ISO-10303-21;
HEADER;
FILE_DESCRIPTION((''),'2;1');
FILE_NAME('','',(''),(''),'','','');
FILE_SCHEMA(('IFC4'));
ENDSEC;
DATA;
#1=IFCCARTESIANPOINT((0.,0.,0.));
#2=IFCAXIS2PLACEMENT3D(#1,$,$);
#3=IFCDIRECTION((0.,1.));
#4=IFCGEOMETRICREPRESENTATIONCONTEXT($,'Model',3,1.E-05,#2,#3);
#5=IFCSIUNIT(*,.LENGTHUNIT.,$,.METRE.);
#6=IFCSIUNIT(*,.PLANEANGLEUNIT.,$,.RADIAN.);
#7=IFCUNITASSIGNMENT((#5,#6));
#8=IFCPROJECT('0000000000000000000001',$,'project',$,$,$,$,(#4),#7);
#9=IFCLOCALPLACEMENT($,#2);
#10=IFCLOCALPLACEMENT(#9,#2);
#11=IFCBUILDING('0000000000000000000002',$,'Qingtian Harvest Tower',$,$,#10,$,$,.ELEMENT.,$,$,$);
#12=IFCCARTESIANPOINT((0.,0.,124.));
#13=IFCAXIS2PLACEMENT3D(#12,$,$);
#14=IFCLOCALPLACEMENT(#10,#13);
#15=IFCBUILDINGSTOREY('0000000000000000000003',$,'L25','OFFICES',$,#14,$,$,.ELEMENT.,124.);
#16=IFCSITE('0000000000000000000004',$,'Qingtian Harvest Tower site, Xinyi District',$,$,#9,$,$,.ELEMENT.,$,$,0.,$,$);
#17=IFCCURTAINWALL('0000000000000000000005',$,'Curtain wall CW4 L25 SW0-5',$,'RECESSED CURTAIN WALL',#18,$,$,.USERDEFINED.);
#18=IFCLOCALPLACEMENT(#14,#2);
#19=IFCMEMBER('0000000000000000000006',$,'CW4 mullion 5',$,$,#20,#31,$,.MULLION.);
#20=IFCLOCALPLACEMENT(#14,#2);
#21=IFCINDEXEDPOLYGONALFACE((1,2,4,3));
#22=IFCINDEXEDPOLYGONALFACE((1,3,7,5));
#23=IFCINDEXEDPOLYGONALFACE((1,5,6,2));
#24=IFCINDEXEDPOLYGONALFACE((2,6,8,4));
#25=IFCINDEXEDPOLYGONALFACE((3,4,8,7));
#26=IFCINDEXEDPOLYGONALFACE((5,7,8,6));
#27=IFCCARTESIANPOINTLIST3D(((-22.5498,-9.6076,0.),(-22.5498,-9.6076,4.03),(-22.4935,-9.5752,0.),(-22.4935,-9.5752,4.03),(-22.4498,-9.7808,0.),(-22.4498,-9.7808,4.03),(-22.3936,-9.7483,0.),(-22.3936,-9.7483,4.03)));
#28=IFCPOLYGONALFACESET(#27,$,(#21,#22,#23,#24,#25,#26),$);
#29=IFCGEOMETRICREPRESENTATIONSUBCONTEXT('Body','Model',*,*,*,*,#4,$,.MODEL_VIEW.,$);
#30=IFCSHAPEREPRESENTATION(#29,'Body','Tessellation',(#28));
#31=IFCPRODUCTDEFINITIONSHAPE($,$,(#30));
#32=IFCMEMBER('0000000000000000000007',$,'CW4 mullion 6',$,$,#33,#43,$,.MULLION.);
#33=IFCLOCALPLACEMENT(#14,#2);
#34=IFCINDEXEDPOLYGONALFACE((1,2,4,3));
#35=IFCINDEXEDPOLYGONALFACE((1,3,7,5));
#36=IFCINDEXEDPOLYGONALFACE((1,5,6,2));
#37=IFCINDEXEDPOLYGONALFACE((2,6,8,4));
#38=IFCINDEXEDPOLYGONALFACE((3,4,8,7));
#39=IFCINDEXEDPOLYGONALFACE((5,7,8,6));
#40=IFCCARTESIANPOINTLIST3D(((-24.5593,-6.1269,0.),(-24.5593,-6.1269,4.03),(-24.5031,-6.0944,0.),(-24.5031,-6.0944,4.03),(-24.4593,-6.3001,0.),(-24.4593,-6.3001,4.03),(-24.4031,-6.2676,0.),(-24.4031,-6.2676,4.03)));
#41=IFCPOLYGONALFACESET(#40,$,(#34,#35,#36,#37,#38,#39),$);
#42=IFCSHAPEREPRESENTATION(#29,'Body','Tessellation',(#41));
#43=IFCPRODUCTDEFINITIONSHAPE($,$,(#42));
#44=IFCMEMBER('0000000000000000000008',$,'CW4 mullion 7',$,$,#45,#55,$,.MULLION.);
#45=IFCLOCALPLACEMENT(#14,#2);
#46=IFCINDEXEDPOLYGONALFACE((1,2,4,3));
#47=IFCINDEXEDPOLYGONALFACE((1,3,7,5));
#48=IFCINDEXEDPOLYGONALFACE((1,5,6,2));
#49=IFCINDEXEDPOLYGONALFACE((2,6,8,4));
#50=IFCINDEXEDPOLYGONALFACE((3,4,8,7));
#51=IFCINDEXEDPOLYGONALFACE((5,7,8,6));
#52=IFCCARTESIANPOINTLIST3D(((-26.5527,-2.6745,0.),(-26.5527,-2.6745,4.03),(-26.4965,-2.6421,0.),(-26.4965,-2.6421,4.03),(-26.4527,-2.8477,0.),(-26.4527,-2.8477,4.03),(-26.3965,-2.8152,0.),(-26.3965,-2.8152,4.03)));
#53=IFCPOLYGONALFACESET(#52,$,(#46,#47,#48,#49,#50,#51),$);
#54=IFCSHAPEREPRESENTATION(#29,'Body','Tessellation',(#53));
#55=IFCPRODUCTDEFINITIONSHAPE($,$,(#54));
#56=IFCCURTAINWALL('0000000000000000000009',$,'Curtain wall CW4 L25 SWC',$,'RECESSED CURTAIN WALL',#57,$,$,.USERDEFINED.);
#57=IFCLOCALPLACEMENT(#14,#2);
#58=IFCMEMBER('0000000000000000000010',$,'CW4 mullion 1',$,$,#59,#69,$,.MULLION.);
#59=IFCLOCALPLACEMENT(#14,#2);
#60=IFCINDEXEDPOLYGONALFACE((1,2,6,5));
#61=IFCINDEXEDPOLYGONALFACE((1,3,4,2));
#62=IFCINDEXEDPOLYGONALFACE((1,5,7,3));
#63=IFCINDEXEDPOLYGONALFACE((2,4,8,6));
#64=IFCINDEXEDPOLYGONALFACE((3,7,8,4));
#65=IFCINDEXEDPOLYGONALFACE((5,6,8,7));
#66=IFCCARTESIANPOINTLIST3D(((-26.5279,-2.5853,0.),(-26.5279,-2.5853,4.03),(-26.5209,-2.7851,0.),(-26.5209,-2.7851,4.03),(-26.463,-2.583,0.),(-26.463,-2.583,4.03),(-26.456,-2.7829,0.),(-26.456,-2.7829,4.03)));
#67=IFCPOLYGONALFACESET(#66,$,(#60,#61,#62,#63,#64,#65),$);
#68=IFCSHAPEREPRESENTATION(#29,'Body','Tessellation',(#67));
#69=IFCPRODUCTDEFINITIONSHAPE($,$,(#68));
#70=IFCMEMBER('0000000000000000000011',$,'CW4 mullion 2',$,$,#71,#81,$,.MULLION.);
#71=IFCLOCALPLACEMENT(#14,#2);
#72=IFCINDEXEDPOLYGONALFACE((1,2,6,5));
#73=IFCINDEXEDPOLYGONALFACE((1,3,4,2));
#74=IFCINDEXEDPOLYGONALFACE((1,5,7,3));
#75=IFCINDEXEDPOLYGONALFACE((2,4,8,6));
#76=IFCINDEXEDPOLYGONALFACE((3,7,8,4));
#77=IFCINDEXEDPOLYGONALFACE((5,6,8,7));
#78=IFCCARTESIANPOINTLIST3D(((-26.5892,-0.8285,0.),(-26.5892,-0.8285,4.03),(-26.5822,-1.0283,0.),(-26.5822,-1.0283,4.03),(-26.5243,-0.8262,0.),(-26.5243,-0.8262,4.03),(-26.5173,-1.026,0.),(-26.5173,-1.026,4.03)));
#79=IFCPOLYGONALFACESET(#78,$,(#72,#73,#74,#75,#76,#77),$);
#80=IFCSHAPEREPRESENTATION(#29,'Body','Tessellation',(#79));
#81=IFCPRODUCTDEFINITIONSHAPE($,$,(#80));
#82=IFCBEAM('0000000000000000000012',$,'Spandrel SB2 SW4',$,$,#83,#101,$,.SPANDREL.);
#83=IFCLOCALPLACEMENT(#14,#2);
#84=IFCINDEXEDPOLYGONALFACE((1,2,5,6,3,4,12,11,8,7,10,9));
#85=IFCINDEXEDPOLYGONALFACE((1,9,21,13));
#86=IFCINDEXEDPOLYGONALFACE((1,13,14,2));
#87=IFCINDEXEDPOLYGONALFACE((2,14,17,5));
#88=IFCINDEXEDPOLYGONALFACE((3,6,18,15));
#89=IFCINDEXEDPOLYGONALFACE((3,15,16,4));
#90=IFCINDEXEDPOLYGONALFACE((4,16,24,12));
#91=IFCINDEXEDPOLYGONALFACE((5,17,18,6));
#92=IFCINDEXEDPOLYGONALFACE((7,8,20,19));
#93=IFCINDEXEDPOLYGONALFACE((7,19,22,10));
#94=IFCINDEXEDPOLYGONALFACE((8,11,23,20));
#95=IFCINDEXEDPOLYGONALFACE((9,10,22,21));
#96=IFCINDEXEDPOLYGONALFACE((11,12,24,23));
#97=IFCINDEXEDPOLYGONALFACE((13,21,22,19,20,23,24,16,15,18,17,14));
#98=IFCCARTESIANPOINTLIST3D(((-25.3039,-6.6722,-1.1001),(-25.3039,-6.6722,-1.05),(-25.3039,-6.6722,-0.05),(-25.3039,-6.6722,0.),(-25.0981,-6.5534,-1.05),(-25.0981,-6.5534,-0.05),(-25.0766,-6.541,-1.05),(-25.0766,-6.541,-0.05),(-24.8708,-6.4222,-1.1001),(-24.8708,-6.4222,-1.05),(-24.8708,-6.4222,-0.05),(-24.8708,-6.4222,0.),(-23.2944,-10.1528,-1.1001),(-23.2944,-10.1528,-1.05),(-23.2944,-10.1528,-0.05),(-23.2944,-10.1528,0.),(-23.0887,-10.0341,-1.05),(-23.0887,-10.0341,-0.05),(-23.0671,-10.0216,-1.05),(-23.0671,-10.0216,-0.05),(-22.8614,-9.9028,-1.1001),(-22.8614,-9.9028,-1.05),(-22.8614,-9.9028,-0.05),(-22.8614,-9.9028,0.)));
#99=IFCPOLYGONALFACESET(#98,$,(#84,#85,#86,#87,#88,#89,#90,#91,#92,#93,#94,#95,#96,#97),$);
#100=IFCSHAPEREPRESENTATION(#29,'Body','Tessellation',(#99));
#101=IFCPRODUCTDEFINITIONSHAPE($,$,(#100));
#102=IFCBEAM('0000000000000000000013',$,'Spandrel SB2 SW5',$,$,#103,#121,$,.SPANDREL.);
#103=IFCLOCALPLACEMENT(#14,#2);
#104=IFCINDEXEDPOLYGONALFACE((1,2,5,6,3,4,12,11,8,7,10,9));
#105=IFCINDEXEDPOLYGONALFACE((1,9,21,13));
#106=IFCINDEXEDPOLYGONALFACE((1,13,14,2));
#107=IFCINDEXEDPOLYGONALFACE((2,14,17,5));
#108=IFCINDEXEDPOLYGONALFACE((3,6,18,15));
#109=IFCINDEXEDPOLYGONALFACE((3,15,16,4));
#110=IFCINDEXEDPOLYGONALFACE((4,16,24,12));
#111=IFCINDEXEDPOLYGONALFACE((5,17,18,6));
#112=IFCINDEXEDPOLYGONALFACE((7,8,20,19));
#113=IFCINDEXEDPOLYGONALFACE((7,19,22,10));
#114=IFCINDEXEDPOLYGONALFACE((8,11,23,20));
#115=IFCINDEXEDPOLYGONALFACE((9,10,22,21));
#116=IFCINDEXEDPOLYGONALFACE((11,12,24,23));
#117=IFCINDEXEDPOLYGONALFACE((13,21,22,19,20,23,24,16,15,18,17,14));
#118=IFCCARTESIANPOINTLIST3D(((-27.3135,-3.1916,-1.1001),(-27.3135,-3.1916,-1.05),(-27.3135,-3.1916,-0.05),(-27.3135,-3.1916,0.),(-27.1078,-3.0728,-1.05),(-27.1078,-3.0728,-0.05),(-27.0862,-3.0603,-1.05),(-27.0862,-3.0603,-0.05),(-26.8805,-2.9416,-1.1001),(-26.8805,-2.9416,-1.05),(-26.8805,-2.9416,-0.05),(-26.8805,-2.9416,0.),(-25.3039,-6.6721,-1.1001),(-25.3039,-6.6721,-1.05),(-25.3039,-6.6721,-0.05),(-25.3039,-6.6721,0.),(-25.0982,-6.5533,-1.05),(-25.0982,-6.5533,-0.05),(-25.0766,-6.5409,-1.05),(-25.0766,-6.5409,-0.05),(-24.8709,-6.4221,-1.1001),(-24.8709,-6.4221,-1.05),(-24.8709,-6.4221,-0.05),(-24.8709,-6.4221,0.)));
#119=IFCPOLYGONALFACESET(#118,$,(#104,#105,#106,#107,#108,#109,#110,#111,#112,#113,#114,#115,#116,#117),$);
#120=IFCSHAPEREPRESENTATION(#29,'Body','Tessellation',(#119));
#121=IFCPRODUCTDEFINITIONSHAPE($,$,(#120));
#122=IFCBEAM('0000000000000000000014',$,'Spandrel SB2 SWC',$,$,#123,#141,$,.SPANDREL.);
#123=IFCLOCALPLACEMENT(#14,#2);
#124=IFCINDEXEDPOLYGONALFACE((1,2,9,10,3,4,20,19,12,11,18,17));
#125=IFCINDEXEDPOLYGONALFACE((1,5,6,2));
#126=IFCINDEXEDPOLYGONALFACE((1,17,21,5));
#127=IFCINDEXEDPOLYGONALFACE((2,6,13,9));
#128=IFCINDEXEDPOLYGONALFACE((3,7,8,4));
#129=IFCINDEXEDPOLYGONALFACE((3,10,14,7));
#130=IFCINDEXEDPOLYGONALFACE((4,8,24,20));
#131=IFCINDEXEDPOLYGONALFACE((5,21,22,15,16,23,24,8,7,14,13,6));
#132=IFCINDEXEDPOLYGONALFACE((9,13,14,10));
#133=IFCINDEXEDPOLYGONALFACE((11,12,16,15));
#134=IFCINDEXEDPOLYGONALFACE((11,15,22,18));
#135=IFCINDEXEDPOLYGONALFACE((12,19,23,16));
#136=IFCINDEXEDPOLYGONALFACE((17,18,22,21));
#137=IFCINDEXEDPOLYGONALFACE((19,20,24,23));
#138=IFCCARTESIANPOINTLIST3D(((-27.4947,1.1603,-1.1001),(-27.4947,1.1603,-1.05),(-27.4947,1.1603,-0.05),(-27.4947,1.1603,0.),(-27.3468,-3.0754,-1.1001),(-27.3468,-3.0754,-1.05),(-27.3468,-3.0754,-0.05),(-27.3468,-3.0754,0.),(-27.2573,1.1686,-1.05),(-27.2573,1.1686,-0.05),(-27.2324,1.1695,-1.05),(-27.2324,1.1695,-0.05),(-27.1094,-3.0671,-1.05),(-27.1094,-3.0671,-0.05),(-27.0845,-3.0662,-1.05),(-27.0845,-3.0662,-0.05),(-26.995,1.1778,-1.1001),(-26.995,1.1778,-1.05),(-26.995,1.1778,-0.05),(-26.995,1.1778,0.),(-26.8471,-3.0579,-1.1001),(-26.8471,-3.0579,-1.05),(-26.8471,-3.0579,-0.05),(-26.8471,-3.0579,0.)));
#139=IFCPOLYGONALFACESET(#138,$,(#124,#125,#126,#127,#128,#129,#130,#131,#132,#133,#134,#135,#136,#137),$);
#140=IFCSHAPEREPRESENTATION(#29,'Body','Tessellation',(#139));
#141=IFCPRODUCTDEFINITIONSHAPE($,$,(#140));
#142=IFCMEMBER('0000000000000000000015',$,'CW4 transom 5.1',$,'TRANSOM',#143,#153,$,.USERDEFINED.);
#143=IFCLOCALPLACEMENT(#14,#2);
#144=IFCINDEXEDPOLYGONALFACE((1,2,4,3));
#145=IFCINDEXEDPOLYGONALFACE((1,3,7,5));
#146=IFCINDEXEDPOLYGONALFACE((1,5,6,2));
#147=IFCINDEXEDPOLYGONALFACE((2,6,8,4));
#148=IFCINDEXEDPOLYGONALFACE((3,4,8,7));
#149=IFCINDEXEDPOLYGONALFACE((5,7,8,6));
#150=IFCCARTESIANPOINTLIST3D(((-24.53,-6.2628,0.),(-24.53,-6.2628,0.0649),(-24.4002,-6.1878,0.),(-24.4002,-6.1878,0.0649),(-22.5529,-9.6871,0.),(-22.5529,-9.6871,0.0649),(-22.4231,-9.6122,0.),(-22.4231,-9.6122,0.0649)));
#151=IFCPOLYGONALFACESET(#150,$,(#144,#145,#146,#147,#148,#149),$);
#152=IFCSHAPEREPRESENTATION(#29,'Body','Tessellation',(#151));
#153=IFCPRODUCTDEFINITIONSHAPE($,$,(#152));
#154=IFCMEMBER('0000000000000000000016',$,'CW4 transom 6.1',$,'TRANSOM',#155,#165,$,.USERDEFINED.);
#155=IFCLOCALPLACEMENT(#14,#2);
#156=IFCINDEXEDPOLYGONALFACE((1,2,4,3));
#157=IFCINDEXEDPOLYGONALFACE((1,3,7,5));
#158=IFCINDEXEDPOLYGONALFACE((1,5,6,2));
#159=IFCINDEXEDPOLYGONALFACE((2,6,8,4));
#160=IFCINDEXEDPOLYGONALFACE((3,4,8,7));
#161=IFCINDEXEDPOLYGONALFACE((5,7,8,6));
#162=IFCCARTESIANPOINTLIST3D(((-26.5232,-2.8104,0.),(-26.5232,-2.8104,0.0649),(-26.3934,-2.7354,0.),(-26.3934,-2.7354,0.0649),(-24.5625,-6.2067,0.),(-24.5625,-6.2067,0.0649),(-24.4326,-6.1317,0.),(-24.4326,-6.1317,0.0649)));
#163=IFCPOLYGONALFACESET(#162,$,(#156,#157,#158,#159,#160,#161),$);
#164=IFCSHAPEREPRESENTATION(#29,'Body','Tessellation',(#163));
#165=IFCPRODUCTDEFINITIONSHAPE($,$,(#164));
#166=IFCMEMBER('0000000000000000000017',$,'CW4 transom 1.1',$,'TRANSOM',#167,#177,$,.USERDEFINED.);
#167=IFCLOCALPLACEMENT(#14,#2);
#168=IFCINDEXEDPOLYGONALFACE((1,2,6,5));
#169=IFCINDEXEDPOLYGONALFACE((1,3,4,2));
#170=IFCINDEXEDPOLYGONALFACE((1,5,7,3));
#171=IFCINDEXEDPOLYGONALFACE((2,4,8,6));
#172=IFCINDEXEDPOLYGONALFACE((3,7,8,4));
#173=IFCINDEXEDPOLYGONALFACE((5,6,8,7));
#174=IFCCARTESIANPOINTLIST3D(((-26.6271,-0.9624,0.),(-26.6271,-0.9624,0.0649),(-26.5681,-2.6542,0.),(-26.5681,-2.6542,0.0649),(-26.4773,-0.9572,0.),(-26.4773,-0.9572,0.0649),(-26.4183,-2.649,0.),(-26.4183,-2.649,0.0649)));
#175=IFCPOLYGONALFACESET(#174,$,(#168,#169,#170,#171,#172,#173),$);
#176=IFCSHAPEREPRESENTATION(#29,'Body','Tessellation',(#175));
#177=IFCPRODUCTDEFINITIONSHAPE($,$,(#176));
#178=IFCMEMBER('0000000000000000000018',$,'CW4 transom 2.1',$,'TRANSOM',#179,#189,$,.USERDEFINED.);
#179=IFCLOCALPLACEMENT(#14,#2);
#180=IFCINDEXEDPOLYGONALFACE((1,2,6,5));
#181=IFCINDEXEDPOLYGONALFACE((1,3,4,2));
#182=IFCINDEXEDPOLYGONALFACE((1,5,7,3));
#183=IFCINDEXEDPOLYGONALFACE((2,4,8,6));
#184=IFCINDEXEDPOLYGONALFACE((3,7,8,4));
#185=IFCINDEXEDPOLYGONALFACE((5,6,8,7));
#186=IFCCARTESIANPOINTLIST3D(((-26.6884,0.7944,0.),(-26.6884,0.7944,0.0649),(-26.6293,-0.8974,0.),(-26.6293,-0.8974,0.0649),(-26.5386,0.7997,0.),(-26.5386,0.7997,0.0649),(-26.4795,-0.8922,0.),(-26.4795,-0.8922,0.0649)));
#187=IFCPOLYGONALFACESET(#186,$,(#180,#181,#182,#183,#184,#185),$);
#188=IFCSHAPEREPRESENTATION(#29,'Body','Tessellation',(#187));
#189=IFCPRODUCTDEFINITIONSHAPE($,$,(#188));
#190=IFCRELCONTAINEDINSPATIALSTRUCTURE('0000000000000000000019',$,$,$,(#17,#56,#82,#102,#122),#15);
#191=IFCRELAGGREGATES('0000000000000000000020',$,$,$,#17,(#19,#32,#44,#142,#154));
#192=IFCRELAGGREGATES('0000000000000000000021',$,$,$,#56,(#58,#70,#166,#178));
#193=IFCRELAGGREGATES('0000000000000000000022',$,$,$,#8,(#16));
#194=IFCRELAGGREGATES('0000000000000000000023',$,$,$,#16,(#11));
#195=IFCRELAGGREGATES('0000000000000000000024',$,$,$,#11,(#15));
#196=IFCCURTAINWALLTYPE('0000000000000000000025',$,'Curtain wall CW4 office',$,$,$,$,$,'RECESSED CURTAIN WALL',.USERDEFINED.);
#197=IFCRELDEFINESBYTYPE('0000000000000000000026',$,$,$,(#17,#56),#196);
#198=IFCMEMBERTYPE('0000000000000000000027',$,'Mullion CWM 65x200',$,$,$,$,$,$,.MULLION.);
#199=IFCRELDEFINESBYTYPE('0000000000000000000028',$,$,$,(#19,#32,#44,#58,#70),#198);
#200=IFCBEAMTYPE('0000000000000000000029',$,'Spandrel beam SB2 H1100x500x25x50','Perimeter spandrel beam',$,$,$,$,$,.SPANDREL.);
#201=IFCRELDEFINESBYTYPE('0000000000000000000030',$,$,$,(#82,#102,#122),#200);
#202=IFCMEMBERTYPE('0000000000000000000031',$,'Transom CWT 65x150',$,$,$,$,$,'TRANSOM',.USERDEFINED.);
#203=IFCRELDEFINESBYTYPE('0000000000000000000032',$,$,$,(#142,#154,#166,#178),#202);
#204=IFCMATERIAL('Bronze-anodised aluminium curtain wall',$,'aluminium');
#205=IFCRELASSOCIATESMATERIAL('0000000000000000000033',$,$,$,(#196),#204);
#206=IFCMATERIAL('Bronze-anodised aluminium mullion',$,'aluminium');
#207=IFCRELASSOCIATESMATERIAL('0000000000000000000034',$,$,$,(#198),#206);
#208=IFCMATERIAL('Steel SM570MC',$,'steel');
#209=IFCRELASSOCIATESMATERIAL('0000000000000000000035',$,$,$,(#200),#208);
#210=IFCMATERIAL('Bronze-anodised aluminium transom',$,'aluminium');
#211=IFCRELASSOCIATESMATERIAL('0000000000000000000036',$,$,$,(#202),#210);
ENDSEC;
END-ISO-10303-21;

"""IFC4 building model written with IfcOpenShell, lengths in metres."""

from ifc_helpers import new_model, si_unit, direction, frame, origin, origin_2d, place, context, subcontext, project, spatial, rectangle, i_section, extrude, material, material_profile, profile_set, type_object, element, aggregate, save


model = new_model("IFC4")

# Units and contexts
model_context = context("Model", 3, precision=1e-05, world=origin(), true_north=direction((0.0, 1.0)))
body_context = subcontext(model_context, "Body", "Model", "MODEL_VIEW")
ifc_project = project(units=[si_unit("LENGTHUNIT", "METRE"), si_unit("PLANEANGLEUNIT", "RADIAN")], contexts=[model_context])

# Site, building, storey
site_placement = place(None, origin())
site = spatial("IfcSite", under=ifc_project, at=site_placement, Name="Qingtian Harvest Tower site, Xinyi District", CompositionType="ELEMENT", RefElevation=0.0)
building_placement = place(site_placement, origin())
building = spatial("IfcBuilding", under=site, at=building_placement, Name="Qingtian Harvest Tower", CompositionType="ELEMENT")
storey_placement = place(building_placement, frame((0.0, 0.0, 124.0)))
storey = spatial("IfcBuildingStorey", under=building, at=storey_placement, Name="L25", Description="OFFICES", CompositionType="ELEMENT", Elevation=124.0)

# Curtain walls, members
ifc_material_1 = material(Name="Bronze-anodised aluminium curtain wall", Category="aluminium")
curtain_wall_type = type_object("IfcCurtainWallType", Name="Curtain wall CW4 office", ElementType="RECESSED CURTAIN WALL", PredefinedType="USERDEFINED", material=ifc_material_1)
curtain_wall_1_placement = place(storey_placement, origin())
curtain_wall_1 = element("IfcCurtainWall", 1, at=curtain_wall_1_placement, inside=storey, type_object=curtain_wall_type, Name="Curtain wall CW4 L25 SW0-5", ObjectType="RECESSED CURTAIN WALL", PredefinedType="USERDEFINED")
ifc_material_2 = material(Name="Bronze-anodised aluminium mullion", Category="aluminium")
ifc_material_profile_1 = material_profile(ifc_material_2, rectangle(XDim=0.0649, YDim=0.2, at=origin_2d()), Name="AL 65x200")
ifc_profile_set_1 = profile_set([ifc_material_profile_1], Name="Bronze-anodised aluminium mullion")
member_type_1 = type_object("IfcMemberType", Name="Mullion CWM 65x200", PredefinedType="MULLION", material=ifc_profile_set_1)
member_1_placement = place(storey_placement, frame((-22.4717, -9.678, 0.0), z_axis=(0.0, 0.0, 1.0), x_axis=(-0.866025, -0.5, 0.0)))
member_1 = element("IfcMember", 2, at=member_1_placement, type_object=member_type_1, Name="CW4 mullion 5", PredefinedType="MULLION", context=body_context, shape_type="SweptSolid", body=[
    extrude(rectangle(XDim=0.0649, YDim=0.2, at=origin_2d()), origin(), (0.0, 0.0, 1.0), 4.03),
])
member_2_placement = place(storey_placement, frame((-24.4812, -6.1973, 0.0), z_axis=(0.0, 0.0, 1.0), x_axis=(-0.866025, -0.5, 0.0)))
member_2 = element("IfcMember", 3, at=member_2_placement, type_object=member_type_1, Name="CW4 mullion 6", PredefinedType="MULLION", context=body_context, shape_type="SweptSolid", body=[
    extrude(rectangle(XDim=0.0649, YDim=0.2, at=origin_2d()), origin(), (0.0, 0.0, 1.0), 4.03),
])
member_3_placement = place(storey_placement, frame((-26.4746, -2.7449, 0.0), z_axis=(0.0, 0.0, 1.0), x_axis=(-0.866025, -0.5, 0.0)))
member_3 = element("IfcMember", 4, at=member_3_placement, type_object=member_type_1, Name="CW4 mullion 7", PredefinedType="MULLION", context=body_context, shape_type="SweptSolid", body=[
    extrude(rectangle(XDim=0.0649, YDim=0.2, at=origin_2d()), origin(), (0.0, 0.0, 1.0), 4.03),
])
curtain_wall_2_placement = place(storey_placement, origin())
curtain_wall_2 = element("IfcCurtainWall", 5, at=curtain_wall_2_placement, inside=storey, type_object=curtain_wall_type, Name="Curtain wall CW4 L25 SWC", ObjectType="RECESSED CURTAIN WALL", PredefinedType="USERDEFINED")
member_4_placement = place(storey_placement, frame((-26.4919, -2.6841, 0.0), z_axis=(0.0, 0.0, 1.0), x_axis=(-0.999391, -0.034899, 0.0)))
member_4 = element("IfcMember", 6, at=member_4_placement, type_object=member_type_1, Name="CW4 mullion 1", PredefinedType="MULLION", context=body_context, shape_type="SweptSolid", body=[
    extrude(rectangle(XDim=0.0649, YDim=0.2, at=origin_2d()), origin(), (0.0, 0.0, 1.0), 4.03),
])
member_5_placement = place(storey_placement, frame((-26.5532, -0.9272, 0.0), z_axis=(0.0, 0.0, 1.0), x_axis=(-0.999391, -0.034899, 0.0)))
member_5 = element("IfcMember", 7, at=member_5_placement, type_object=member_type_1, Name="CW4 mullion 2", PredefinedType="MULLION", context=body_context, shape_type="SweptSolid", body=[
    extrude(rectangle(XDim=0.0649, YDim=0.2, at=origin_2d()), origin(), (0.0, 0.0, 1.0), 4.03),
])

# Beams
ifc_material_3 = material(Name="Steel SM570MC", Category="steel")
ifc_material_profile_2 = material_profile(ifc_material_3, i_section(OverallWidth=0.5, OverallDepth=1.1001, WebThickness=0.0249, FlangeThickness=0.05, at=origin_2d()), Name="H1100x500x25x50")
ifc_profile_set_2 = profile_set([ifc_material_profile_2], Name="Steel SM570MC")
beam_type_1 = type_object("IfcBeamType", Name="Spandrel beam SB2 H1100x500x25x50", Description="Perimeter spandrel beam", PredefinedType="SPANDREL", material=ifc_profile_set_2)
for number, where, z_axis, x_axis, name in (
    (8, (-23.0779, -10.0278, -0.55), (-0.499987, 0.866033, 0.0), (-0.866033, -0.499987, 0.0), "Spandrel SB2 SW4"),
    (9, (-25.0874, -6.5471, -0.55), (-0.500013, 0.866018, 0.0), (-0.866018, -0.500013, 0.0), "Spandrel SB2 SW5"),
):
    element("IfcBeam", number, at=place(storey_placement, frame(where, z_axis=z_axis, x_axis=x_axis)), inside=storey, type_object=beam_type_1, Name=name, PredefinedType="SPANDREL", context=body_context, shape_type="SweptSolid", body=[
        extrude(i_section(OverallWidth=0.5, OverallDepth=1.1001, WebThickness=0.0249, FlangeThickness=0.05, at=origin_2d()), origin(), (0.0, 0.0, 1.0), 4.019),
    ])
beam_1_placement = place(storey_placement, frame((-27.0969, -3.0667, -0.55), z_axis=(-0.034909, 0.999391, 0.0), x_axis=(-0.999391, -0.034909, 0.0)))
element("IfcBeam", 10, at=beam_1_placement, inside=storey, type_object=beam_type_1, Name="Spandrel SB2 SWC", PredefinedType="SPANDREL", context=body_context, shape_type="SweptSolid", body=[
    extrude(i_section(OverallWidth=0.5, OverallDepth=1.1001, WebThickness=0.0249, FlangeThickness=0.05, at=origin_2d()), origin(), (0.0, 0.0, 1.0), 4.2383),
])

# Members
ifc_material_4 = material(Name="Bronze-anodised aluminium transom", Category="aluminium")
ifc_material_profile_3 = material_profile(ifc_material_4, rectangle(XDim=0.1499, YDim=0.0649, at=origin_2d()), Name="AL 65x150")
ifc_profile_set_3 = profile_set([ifc_material_profile_3], Name="Bronze-anodised aluminium transom")
member_type_2 = type_object("IfcMemberType", Name="Transom CWT 65x150", ElementType="TRANSOM", PredefinedType="USERDEFINED", material=ifc_profile_set_3)
member_6_placement = place(storey_placement, frame((-22.488, -9.6497, 0.0325), z_axis=(-0.500004, 0.866023, 0.0), x_axis=(-0.866023, -0.500004, 0.0)))
member_6 = element("IfcMember", 11, at=member_6_placement, type_object=member_type_2, Name="CW4 transom 5.1", ObjectType="TRANSOM", PredefinedType="USERDEFINED", context=body_context, shape_type="SweptSolid", body=[
    extrude(rectangle(XDim=0.1499, YDim=0.0649, at=origin_2d()), origin(), (0.0, 0.0, 1.0), 3.9541),
])
member_7_placement = place(storey_placement, frame((-24.4976, -6.1692, 0.0325), z_axis=(-0.499976, 0.866039, 0.0), x_axis=(-0.866039, -0.499976, 0.0)))
member_7 = element("IfcMember", 12, at=member_7_placement, type_object=member_type_2, Name="CW4 transom 6.1", ObjectType="TRANSOM", PredefinedType="USERDEFINED", context=body_context, shape_type="SweptSolid", body=[
    extrude(rectangle(XDim=0.1499, YDim=0.0649, at=origin_2d()), origin(), (0.0, 0.0, 1.0), 3.9216),
])
member_8_placement = place(storey_placement, frame((-26.4932, -2.6516, 0.0325), z_axis=(-0.034899, 0.999391, 0.0), x_axis=(-0.999391, -0.034899, 0.0)))
member_8 = element("IfcMember", 13, at=member_8_placement, type_object=member_type_2, Name="CW4 transom 1.1", ObjectType="TRANSOM", PredefinedType="USERDEFINED", context=body_context, shape_type="SweptSolid", body=[
    extrude(rectangle(XDim=0.1499, YDim=0.0649, at=origin_2d()), origin(), (0.0, 0.0, 1.0), 1.6929),
])
member_9_placement = place(storey_placement, frame((-26.5544, -0.8948, 0.0325), z_axis=(-0.034899, 0.999391, 0.0), x_axis=(-0.999391, -0.034899, 0.0)))
member_9 = element("IfcMember", 14, at=member_9_placement, type_object=member_type_2, Name="CW4 transom 2.1", ObjectType="TRANSOM", PredefinedType="USERDEFINED", context=body_context, shape_type="SweptSolid", body=[
    extrude(rectangle(XDim=0.1499, YDim=0.0649, at=origin_2d()), origin(), (0.0, 0.0, 1.0), 1.6929),
])

aggregate(curtain_wall_1, [member_1, member_2, member_3, member_6, member_7])
aggregate(curtain_wall_2, [member_4, member_5, member_8, member_9])

save(model, "model.ifc")
